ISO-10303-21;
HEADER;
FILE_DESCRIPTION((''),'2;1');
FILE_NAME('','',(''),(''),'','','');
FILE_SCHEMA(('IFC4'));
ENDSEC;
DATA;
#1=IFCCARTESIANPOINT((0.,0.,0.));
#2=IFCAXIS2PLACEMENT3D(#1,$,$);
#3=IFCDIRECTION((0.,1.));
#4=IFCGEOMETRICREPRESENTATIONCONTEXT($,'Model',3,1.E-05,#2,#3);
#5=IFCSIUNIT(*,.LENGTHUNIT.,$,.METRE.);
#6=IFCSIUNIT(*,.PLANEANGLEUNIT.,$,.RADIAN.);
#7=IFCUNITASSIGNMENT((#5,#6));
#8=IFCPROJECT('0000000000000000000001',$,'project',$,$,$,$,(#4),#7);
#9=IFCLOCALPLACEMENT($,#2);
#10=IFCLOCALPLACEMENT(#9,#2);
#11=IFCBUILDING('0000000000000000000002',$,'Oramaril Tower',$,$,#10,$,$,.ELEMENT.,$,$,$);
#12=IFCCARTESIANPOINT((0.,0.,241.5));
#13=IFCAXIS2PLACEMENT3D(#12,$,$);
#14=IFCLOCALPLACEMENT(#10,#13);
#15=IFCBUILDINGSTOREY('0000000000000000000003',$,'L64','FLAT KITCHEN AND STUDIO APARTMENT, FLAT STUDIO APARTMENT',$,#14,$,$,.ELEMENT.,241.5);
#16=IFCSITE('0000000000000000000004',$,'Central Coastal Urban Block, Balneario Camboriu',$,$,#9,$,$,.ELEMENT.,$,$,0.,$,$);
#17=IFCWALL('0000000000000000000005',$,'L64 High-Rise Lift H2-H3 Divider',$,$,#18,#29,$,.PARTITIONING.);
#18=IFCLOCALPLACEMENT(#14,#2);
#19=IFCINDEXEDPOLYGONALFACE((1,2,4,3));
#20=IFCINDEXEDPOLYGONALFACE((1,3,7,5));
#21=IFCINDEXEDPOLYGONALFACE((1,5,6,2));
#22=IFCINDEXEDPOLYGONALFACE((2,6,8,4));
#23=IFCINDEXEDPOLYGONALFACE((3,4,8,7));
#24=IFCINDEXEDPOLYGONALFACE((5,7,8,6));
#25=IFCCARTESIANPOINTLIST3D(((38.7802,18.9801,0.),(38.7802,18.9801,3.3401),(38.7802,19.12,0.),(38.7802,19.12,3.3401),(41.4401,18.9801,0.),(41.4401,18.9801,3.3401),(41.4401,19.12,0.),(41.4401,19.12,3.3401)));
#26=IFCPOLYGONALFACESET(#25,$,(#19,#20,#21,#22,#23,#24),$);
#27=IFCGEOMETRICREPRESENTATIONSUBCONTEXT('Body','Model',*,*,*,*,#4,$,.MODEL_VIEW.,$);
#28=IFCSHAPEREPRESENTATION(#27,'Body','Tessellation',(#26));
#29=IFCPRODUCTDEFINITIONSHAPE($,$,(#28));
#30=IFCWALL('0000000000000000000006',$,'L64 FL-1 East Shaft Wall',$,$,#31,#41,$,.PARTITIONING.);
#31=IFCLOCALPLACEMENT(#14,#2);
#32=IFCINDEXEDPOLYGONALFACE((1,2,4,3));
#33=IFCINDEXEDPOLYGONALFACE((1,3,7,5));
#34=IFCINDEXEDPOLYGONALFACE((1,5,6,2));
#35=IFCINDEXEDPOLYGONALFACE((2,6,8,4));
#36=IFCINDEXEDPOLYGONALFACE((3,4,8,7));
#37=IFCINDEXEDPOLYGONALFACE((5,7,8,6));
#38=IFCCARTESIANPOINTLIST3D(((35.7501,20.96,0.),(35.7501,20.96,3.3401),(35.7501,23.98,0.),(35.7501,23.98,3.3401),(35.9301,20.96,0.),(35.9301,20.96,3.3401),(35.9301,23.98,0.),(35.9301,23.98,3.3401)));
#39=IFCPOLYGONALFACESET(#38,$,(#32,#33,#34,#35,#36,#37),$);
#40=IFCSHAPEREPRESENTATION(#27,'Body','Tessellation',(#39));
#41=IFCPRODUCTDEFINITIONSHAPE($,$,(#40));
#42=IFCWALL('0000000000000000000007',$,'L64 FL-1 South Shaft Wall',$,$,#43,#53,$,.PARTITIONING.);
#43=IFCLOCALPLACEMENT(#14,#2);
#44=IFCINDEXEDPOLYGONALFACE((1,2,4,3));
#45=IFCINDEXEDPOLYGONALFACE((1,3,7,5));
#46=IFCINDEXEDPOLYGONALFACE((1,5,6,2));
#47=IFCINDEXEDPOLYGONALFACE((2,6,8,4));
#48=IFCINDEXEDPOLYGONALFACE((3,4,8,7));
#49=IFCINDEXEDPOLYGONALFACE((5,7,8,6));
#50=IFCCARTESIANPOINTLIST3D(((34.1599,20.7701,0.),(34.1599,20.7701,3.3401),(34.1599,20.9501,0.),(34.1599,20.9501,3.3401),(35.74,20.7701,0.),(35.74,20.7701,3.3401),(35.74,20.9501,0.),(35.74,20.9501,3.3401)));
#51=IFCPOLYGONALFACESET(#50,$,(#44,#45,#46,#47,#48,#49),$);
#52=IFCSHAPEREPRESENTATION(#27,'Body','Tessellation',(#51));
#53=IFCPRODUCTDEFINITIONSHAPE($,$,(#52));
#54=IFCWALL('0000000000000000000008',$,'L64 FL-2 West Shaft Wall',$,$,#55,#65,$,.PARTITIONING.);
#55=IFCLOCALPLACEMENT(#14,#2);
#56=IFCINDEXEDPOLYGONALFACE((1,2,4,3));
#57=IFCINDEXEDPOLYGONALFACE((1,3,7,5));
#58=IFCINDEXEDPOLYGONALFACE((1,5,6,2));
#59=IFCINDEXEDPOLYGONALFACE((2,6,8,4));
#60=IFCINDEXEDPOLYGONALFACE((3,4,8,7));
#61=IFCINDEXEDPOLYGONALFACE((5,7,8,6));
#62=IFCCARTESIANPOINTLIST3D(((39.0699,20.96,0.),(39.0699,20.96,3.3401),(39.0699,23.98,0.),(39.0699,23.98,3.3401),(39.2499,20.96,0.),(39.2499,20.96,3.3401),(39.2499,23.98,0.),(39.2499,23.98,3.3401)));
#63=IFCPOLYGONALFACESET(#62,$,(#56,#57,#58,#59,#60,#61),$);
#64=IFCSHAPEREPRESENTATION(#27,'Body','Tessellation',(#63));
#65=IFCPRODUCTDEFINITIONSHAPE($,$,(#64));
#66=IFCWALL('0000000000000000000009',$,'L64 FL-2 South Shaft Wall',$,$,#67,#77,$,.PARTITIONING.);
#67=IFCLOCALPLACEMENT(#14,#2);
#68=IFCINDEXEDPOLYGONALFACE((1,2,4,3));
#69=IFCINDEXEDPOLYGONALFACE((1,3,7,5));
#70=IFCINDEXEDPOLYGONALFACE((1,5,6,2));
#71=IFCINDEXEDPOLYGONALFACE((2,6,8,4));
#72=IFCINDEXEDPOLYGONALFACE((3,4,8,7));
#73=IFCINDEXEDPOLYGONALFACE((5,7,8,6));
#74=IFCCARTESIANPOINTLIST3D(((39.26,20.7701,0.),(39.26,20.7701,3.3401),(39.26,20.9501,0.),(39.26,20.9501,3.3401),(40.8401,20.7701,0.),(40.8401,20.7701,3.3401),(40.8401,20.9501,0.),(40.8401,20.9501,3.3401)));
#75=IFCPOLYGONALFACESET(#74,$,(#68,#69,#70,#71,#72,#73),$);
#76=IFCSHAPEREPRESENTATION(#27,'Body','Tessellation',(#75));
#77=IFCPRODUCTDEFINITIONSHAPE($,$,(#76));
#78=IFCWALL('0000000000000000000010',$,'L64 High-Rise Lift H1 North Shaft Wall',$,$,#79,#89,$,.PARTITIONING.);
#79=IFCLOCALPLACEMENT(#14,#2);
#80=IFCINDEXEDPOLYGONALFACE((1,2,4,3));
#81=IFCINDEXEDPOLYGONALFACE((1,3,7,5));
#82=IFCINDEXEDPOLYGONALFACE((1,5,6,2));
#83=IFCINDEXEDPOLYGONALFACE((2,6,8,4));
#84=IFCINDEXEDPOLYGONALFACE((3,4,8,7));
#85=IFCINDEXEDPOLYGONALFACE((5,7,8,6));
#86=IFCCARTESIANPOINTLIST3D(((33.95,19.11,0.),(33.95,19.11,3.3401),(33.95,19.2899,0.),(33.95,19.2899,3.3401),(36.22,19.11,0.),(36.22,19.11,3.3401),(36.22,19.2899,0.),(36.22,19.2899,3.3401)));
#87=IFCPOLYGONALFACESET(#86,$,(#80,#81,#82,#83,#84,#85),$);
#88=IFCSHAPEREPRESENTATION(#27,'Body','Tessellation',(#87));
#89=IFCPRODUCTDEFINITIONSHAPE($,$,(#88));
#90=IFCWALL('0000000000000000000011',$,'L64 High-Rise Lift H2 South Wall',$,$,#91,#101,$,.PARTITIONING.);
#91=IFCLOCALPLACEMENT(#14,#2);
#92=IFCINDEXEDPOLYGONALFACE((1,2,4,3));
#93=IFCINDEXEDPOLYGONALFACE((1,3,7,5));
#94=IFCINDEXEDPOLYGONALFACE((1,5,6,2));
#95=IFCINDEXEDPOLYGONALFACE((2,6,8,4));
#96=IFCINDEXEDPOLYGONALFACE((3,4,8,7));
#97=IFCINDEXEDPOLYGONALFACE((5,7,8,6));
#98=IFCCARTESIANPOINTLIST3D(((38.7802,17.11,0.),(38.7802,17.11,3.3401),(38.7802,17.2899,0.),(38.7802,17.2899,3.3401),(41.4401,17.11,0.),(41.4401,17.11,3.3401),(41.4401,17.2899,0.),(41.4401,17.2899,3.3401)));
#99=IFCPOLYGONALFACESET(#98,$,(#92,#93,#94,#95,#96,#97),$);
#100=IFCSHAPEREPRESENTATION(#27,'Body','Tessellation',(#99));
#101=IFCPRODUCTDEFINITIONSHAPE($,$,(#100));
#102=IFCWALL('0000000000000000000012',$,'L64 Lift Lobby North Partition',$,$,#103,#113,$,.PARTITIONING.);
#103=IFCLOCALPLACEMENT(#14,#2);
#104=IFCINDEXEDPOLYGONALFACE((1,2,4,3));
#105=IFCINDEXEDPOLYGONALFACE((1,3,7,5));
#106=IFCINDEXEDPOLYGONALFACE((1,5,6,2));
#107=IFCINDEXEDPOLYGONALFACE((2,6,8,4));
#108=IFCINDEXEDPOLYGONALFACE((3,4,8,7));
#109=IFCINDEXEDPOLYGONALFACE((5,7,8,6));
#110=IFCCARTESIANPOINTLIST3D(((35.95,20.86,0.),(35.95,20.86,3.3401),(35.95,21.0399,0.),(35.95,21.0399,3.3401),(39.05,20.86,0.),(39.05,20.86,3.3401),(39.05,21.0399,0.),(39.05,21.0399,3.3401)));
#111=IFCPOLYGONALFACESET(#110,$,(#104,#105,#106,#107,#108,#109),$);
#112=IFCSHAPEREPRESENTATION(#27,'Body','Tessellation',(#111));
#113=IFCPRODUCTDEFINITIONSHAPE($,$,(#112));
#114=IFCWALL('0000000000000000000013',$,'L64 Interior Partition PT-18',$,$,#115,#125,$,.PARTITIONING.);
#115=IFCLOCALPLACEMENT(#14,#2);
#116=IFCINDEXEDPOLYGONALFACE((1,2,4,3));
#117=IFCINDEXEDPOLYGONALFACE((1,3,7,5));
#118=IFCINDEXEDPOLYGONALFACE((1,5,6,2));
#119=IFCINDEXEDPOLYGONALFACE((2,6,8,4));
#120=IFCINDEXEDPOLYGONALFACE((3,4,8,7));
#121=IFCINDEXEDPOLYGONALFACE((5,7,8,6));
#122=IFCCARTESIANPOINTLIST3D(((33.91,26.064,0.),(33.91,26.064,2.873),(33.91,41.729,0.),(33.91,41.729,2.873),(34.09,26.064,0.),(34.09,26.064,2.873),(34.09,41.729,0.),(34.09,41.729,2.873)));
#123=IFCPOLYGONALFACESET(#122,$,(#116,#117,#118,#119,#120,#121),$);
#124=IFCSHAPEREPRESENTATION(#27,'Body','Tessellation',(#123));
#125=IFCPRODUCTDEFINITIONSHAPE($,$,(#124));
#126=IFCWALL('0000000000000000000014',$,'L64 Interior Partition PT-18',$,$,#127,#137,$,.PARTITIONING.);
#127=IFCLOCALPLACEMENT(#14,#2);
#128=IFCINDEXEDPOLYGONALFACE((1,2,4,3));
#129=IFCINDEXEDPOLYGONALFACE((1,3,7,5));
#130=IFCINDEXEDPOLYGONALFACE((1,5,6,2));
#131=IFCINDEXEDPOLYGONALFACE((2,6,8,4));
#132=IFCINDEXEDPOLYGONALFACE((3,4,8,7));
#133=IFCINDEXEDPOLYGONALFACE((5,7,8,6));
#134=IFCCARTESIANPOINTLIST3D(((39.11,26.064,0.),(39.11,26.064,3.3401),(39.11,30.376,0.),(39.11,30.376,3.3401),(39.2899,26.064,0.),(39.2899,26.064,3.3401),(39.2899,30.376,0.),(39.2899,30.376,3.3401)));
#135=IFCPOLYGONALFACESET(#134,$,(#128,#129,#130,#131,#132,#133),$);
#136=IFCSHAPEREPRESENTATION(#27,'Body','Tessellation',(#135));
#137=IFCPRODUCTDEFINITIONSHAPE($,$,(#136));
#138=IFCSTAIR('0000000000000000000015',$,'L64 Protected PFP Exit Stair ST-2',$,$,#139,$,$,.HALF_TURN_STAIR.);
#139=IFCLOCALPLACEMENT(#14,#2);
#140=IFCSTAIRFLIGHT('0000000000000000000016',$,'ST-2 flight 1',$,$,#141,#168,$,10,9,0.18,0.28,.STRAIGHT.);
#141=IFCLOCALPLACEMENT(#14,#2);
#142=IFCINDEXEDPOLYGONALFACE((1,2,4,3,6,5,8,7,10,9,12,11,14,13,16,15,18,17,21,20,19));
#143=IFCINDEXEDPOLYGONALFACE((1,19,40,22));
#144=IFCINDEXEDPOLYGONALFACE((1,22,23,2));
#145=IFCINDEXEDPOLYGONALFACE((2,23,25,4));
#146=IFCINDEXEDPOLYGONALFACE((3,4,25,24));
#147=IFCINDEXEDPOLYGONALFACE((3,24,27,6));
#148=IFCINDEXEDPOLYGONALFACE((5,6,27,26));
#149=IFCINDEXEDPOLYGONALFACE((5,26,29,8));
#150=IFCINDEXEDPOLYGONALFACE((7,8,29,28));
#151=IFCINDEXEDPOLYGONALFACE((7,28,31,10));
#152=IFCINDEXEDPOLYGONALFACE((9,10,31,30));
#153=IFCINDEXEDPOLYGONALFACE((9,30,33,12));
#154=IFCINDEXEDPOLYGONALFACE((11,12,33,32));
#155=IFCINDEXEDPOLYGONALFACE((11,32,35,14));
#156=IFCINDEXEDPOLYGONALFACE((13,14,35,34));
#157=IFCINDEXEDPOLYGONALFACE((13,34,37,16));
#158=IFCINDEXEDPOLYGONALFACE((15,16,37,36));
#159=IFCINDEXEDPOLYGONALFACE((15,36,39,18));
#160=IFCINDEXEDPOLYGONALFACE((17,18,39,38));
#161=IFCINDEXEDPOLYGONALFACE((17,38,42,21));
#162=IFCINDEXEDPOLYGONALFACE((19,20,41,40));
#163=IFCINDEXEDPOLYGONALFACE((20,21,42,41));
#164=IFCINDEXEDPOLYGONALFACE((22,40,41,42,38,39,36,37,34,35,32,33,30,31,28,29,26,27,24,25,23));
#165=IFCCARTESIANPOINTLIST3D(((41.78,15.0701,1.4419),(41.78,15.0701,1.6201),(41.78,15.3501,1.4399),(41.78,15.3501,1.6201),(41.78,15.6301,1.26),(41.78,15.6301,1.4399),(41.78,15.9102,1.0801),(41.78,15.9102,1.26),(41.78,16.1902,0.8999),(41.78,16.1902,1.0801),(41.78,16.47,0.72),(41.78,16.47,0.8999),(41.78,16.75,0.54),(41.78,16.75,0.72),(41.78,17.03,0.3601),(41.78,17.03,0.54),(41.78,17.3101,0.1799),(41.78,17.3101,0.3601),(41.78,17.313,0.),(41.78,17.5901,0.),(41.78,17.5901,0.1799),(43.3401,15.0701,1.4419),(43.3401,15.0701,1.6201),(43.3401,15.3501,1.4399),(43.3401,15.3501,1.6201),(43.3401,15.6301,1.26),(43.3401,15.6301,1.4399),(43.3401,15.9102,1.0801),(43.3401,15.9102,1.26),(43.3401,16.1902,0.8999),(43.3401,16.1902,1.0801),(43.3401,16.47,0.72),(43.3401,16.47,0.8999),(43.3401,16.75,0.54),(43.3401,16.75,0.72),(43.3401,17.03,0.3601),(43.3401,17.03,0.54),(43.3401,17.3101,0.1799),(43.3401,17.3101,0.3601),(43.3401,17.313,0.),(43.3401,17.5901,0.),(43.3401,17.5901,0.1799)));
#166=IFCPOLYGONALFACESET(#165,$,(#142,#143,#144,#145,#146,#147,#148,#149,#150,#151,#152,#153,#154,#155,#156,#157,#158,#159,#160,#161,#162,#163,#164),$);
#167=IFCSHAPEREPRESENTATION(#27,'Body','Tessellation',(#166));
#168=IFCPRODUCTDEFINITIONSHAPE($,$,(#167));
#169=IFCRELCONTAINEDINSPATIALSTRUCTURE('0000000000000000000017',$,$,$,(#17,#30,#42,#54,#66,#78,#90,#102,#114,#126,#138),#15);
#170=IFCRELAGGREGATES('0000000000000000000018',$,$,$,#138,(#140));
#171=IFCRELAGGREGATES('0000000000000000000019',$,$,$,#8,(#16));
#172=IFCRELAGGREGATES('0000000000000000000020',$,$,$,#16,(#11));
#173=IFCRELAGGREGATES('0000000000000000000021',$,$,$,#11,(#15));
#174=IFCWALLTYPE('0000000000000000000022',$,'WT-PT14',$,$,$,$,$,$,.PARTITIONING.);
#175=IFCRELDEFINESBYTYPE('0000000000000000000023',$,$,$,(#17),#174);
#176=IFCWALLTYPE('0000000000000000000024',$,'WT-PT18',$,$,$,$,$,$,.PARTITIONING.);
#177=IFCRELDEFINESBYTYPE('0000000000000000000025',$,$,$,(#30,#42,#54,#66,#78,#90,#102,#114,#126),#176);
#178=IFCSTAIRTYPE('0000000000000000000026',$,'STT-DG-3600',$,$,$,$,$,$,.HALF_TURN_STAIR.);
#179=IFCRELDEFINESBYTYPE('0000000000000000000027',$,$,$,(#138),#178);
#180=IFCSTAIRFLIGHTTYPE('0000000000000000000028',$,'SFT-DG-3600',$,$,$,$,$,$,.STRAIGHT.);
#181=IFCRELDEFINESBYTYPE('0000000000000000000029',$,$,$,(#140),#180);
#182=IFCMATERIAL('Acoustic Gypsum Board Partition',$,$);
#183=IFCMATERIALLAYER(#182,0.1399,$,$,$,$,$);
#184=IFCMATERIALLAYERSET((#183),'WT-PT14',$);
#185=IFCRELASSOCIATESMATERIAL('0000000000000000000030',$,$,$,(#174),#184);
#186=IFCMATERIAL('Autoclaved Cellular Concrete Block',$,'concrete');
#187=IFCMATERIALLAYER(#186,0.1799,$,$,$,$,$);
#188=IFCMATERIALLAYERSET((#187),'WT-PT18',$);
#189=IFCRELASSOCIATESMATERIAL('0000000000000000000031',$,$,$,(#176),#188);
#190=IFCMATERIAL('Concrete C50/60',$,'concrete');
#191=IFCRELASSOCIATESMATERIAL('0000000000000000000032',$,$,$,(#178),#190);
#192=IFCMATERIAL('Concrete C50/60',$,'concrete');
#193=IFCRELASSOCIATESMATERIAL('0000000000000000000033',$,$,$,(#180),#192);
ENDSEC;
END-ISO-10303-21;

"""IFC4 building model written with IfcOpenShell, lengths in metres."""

from ifc_helpers import new_model, si_unit, direction, frame, frame_2d, origin, place, context, subcontext, project, spatial, polyline, rectangle, outline, extrude, material, layer, layer_set, type_object, element, aggregate, save


model = new_model("IFC4")

# Units and contexts
model_context = context("Model", 3, precision=1e-05, world=origin(), true_north=direction((0.0, 1.0)))
body_context = subcontext(model_context, "Body", "Model", "MODEL_VIEW")
ifc_project = project(units=[si_unit("LENGTHUNIT", "METRE"), si_unit("PLANEANGLEUNIT", "RADIAN")], contexts=[model_context])

# Site, building, storey
site_placement = place(None, origin())
site = spatial("IfcSite", under=ifc_project, at=site_placement, Name="Central Coastal Urban Block, Balneario Camboriu", CompositionType="ELEMENT", RefElevation=0.0)
building_placement = place(site_placement, origin())
building = spatial("IfcBuilding", under=site, at=building_placement, Name="Oramaril Tower", CompositionType="ELEMENT")
storey_placement = place(building_placement, frame((0.0, 0.0, 241.5)))
storey = spatial("IfcBuildingStorey", under=building, at=storey_placement, Name="L64", Description="FLAT KITCHEN AND STUDIO APARTMENT, FLAT STUDIO APARTMENT", CompositionType="ELEMENT", Elevation=241.5)

# Walls
ifc_material_1 = material(Name="Acoustic Gypsum Board Partition")
ifc_layer_1 = layer(ifc_material_1, 0.1399)
ifc_layer_set_1 = layer_set([ifc_layer_1], Name="WT-PT14")
wall_type_1 = type_object("IfcWallType", Name="WT-PT14", PredefinedType="PARTITIONING", material=ifc_layer_set_1)
wall_1_placement = place(storey_placement, frame((38.78, 19.05, 0.0), z_axis=(0.0, 0.0, 1.0), x_axis=(1.0, 0.0, 0.0)))
element("IfcWall", 1, at=wall_1_placement, inside=storey, type_object=wall_type_1, Name="L64 High-Rise Lift H2-H3 Divider", PredefinedType="PARTITIONING", context=body_context, shape_type="SweptSolid", body=[
    extrude(rectangle(XDim=2.6599, YDim=0.1399, at=frame_2d((1.3301, 0.0))), origin(), (0.0, 0.0, 1.0), 3.3401),
])
ifc_material_2 = material(Name="Autoclaved Cellular Concrete Block", Category="concrete")
ifc_layer_2 = layer(ifc_material_2, 0.1799)
ifc_layer_set_2 = layer_set([ifc_layer_2], Name="WT-PT18")
wall_type_2 = type_object("IfcWallType", Name="WT-PT18", PredefinedType="PARTITIONING", material=ifc_layer_set_2)
wall_2_placement = place(storey_placement, frame((35.8401, 20.96, 0.0), z_axis=(0.0, 0.0, 1.0), x_axis=(0.0, 1.0, 0.0)))
element("IfcWall", 2, at=wall_2_placement, inside=storey, type_object=wall_type_2, Name="L64 FL-1 East Shaft Wall", PredefinedType="PARTITIONING", context=body_context, shape_type="SweptSolid", body=[
    extrude(rectangle(XDim=3.02, YDim=0.1799, at=frame_2d((1.51, 0.0))), origin(), (0.0, 0.0, 1.0), 3.3401),
])
wall_3_placement = place(storey_placement, frame((34.1599, 20.8601, 0.0), z_axis=(0.0, 0.0, 1.0), x_axis=(1.0, 0.0, 0.0)))
element("IfcWall", 3, at=wall_3_placement, inside=storey, type_object=wall_type_2, Name="L64 FL-1 South Shaft Wall", PredefinedType="PARTITIONING", context=body_context, shape_type="SweptSolid", body=[
    extrude(rectangle(XDim=1.5801, YDim=0.1799, at=frame_2d((0.79, 0.0))), origin(), (0.0, 0.0, 1.0), 3.3401),
])
wall_4_placement = place(storey_placement, frame((39.1599, 20.96, 0.0), z_axis=(0.0, 0.0, 1.0), x_axis=(0.0, 1.0, 0.0)))
element("IfcWall", 4, at=wall_4_placement, inside=storey, type_object=wall_type_2, Name="L64 FL-2 West Shaft Wall", PredefinedType="PARTITIONING", context=body_context, shape_type="SweptSolid", body=[
    extrude(rectangle(XDim=3.02, YDim=0.1799, at=frame_2d((1.51, 0.0))), origin(), (0.0, 0.0, 1.0), 3.3401),
])
wall_5_placement = place(storey_placement, frame((39.26, 20.8601, 0.0), z_axis=(0.0, 0.0, 1.0), x_axis=(1.0, 0.0, 0.0)))
element("IfcWall", 5, at=wall_5_placement, inside=storey, type_object=wall_type_2, Name="L64 FL-2 South Shaft Wall", PredefinedType="PARTITIONING", context=body_context, shape_type="SweptSolid", body=[
    extrude(rectangle(XDim=1.5801, YDim=0.1799, at=frame_2d((0.79, 0.0))), origin(), (0.0, 0.0, 1.0), 3.3401),
])
wall_6_placement = place(storey_placement, frame((33.95, 19.2, 0.0), z_axis=(0.0, 0.0, 1.0), x_axis=(1.0, 0.0, 0.0)))
element("IfcWall", 6, at=wall_6_placement, inside=storey, type_object=wall_type_2, Name="L64 High-Rise Lift H1 North Shaft Wall", PredefinedType="PARTITIONING", context=body_context, shape_type="SweptSolid", body=[
    extrude(rectangle(XDim=2.27, YDim=0.1799, at=frame_2d((1.135, 0.0))), origin(), (0.0, 0.0, 1.0), 3.3401),
])
wall_7_placement = place(storey_placement, frame((38.78, 17.2, 0.0), z_axis=(0.0, 0.0, 1.0), x_axis=(1.0, 0.0, 0.0)))
element("IfcWall", 7, at=wall_7_placement, inside=storey, type_object=wall_type_2, Name="L64 High-Rise Lift H2 South Wall", PredefinedType="PARTITIONING", context=body_context, shape_type="SweptSolid", body=[
    extrude(rectangle(XDim=2.6599, YDim=0.1799, at=frame_2d((1.3301, 0.0))), origin(), (0.0, 0.0, 1.0), 3.3401),
])
wall_8_placement = place(storey_placement, frame((35.95, 20.95, 0.0), z_axis=(0.0, 0.0, 1.0), x_axis=(1.0, 0.0, 0.0)))
element("IfcWall", 8, at=wall_8_placement, inside=storey, type_object=wall_type_2, Name="L64 Lift Lobby North Partition", PredefinedType="PARTITIONING", context=body_context, shape_type="SweptSolid", body=[
    extrude(rectangle(XDim=3.1001, YDim=0.1799, at=frame_2d((1.55, 0.0))), origin(), (0.0, 0.0, 1.0), 3.3401),
])
wall_9_placement = place(storey_placement, frame((34.0, 26.064, 0.0), z_axis=(0.0, 0.0, 1.0), x_axis=(0.0, 1.0, 0.0)))
element("IfcWall", 9, at=wall_9_placement, inside=storey, type_object=wall_type_2, Name="L64 Interior Partition PT-18", PredefinedType="PARTITIONING", context=body_context, shape_type="SweptSolid", body=[
    extrude(rectangle(XDim=15.665, YDim=0.1799, at=frame_2d((7.8325, 0.0))), origin(), (0.0, 0.0, 1.0), 2.873),
])
wall_10_placement = place(storey_placement, frame((39.2, 26.064, 0.0), z_axis=(0.0, 0.0, 1.0), x_axis=(0.0, 1.0, 0.0)))
element("IfcWall", 10, at=wall_10_placement, inside=storey, type_object=wall_type_2, Name="L64 Interior Partition PT-18", PredefinedType="PARTITIONING", context=body_context, shape_type="SweptSolid", body=[
    extrude(rectangle(XDim=4.312, YDim=0.1799, at=frame_2d((2.156, 0.0))), origin(), (0.0, 0.0, 1.0), 3.3401),
])

# Stair, stair flight
ifc_material_3 = material(Name="Concrete C50/60", Category="concrete")
stair_type = type_object("IfcStairType", Name="STT-DG-3600", PredefinedType="HALF_TURN_STAIR", material=ifc_material_3)
stair_placement = place(storey_placement, origin())
stair = element("IfcStair", 11, at=stair_placement, inside=storey, type_object=stair_type, Name="L64 Protected PFP Exit Stair ST-2", PredefinedType="HALF_TURN_STAIR")
ifc_material_4 = material(Name="Concrete C50/60", Category="concrete")
stair_flight_type = type_object("IfcStairFlightType", Name="SFT-DG-3600", PredefinedType="STRAIGHT", material=ifc_material_4)
stair_flight_placement = place(storey_placement, frame((42.5601, 17.5901, 0.0), z_axis=(0.0, 0.0, 1.0), x_axis=(0.0, -1.0, 0.0)))
stair_flight = element("IfcStairFlight", 12, at=stair_flight_placement, type_object=stair_flight_type, Name="ST-2 flight 1", NumberOfRisers=10, NumberOfTreads=9, PredefinedType="STRAIGHT", RiserHeight=0.18, TreadLength=0.28, context=body_context, shape_type="SweptSolid", body=[
    extrude(outline(polyline([(0.0, 0.0), (0.0, 0.1799), (0.28, 0.1799), (0.28, 0.3601), (0.5601, 0.3601), (0.5601, 0.54), (0.8401, 0.54), (0.8401, 0.72), (1.1201, 0.72), (1.1201, 0.8999), (1.3999, 0.8999), (1.3999, 1.0801), (1.6799, 1.0801), (1.6799, 1.26), (1.96, 1.26), (1.96, 1.4399), (2.24, 1.4399), (2.24, 1.6201), (2.52, 1.6201), (2.52, 1.8), (2.52, 1.4419), (0.2771, 0.0), (0.0, 0.0)])), frame((0.0, 0.78, 0.0), z_axis=(0.0, -1.0, 0.0), x_axis=(1.0, 0.0, 0.0)), (0.0, 0.0, 1.0), 1.5601),
])
aggregate(stair, [stair_flight])

save(model, "model.ifc")
